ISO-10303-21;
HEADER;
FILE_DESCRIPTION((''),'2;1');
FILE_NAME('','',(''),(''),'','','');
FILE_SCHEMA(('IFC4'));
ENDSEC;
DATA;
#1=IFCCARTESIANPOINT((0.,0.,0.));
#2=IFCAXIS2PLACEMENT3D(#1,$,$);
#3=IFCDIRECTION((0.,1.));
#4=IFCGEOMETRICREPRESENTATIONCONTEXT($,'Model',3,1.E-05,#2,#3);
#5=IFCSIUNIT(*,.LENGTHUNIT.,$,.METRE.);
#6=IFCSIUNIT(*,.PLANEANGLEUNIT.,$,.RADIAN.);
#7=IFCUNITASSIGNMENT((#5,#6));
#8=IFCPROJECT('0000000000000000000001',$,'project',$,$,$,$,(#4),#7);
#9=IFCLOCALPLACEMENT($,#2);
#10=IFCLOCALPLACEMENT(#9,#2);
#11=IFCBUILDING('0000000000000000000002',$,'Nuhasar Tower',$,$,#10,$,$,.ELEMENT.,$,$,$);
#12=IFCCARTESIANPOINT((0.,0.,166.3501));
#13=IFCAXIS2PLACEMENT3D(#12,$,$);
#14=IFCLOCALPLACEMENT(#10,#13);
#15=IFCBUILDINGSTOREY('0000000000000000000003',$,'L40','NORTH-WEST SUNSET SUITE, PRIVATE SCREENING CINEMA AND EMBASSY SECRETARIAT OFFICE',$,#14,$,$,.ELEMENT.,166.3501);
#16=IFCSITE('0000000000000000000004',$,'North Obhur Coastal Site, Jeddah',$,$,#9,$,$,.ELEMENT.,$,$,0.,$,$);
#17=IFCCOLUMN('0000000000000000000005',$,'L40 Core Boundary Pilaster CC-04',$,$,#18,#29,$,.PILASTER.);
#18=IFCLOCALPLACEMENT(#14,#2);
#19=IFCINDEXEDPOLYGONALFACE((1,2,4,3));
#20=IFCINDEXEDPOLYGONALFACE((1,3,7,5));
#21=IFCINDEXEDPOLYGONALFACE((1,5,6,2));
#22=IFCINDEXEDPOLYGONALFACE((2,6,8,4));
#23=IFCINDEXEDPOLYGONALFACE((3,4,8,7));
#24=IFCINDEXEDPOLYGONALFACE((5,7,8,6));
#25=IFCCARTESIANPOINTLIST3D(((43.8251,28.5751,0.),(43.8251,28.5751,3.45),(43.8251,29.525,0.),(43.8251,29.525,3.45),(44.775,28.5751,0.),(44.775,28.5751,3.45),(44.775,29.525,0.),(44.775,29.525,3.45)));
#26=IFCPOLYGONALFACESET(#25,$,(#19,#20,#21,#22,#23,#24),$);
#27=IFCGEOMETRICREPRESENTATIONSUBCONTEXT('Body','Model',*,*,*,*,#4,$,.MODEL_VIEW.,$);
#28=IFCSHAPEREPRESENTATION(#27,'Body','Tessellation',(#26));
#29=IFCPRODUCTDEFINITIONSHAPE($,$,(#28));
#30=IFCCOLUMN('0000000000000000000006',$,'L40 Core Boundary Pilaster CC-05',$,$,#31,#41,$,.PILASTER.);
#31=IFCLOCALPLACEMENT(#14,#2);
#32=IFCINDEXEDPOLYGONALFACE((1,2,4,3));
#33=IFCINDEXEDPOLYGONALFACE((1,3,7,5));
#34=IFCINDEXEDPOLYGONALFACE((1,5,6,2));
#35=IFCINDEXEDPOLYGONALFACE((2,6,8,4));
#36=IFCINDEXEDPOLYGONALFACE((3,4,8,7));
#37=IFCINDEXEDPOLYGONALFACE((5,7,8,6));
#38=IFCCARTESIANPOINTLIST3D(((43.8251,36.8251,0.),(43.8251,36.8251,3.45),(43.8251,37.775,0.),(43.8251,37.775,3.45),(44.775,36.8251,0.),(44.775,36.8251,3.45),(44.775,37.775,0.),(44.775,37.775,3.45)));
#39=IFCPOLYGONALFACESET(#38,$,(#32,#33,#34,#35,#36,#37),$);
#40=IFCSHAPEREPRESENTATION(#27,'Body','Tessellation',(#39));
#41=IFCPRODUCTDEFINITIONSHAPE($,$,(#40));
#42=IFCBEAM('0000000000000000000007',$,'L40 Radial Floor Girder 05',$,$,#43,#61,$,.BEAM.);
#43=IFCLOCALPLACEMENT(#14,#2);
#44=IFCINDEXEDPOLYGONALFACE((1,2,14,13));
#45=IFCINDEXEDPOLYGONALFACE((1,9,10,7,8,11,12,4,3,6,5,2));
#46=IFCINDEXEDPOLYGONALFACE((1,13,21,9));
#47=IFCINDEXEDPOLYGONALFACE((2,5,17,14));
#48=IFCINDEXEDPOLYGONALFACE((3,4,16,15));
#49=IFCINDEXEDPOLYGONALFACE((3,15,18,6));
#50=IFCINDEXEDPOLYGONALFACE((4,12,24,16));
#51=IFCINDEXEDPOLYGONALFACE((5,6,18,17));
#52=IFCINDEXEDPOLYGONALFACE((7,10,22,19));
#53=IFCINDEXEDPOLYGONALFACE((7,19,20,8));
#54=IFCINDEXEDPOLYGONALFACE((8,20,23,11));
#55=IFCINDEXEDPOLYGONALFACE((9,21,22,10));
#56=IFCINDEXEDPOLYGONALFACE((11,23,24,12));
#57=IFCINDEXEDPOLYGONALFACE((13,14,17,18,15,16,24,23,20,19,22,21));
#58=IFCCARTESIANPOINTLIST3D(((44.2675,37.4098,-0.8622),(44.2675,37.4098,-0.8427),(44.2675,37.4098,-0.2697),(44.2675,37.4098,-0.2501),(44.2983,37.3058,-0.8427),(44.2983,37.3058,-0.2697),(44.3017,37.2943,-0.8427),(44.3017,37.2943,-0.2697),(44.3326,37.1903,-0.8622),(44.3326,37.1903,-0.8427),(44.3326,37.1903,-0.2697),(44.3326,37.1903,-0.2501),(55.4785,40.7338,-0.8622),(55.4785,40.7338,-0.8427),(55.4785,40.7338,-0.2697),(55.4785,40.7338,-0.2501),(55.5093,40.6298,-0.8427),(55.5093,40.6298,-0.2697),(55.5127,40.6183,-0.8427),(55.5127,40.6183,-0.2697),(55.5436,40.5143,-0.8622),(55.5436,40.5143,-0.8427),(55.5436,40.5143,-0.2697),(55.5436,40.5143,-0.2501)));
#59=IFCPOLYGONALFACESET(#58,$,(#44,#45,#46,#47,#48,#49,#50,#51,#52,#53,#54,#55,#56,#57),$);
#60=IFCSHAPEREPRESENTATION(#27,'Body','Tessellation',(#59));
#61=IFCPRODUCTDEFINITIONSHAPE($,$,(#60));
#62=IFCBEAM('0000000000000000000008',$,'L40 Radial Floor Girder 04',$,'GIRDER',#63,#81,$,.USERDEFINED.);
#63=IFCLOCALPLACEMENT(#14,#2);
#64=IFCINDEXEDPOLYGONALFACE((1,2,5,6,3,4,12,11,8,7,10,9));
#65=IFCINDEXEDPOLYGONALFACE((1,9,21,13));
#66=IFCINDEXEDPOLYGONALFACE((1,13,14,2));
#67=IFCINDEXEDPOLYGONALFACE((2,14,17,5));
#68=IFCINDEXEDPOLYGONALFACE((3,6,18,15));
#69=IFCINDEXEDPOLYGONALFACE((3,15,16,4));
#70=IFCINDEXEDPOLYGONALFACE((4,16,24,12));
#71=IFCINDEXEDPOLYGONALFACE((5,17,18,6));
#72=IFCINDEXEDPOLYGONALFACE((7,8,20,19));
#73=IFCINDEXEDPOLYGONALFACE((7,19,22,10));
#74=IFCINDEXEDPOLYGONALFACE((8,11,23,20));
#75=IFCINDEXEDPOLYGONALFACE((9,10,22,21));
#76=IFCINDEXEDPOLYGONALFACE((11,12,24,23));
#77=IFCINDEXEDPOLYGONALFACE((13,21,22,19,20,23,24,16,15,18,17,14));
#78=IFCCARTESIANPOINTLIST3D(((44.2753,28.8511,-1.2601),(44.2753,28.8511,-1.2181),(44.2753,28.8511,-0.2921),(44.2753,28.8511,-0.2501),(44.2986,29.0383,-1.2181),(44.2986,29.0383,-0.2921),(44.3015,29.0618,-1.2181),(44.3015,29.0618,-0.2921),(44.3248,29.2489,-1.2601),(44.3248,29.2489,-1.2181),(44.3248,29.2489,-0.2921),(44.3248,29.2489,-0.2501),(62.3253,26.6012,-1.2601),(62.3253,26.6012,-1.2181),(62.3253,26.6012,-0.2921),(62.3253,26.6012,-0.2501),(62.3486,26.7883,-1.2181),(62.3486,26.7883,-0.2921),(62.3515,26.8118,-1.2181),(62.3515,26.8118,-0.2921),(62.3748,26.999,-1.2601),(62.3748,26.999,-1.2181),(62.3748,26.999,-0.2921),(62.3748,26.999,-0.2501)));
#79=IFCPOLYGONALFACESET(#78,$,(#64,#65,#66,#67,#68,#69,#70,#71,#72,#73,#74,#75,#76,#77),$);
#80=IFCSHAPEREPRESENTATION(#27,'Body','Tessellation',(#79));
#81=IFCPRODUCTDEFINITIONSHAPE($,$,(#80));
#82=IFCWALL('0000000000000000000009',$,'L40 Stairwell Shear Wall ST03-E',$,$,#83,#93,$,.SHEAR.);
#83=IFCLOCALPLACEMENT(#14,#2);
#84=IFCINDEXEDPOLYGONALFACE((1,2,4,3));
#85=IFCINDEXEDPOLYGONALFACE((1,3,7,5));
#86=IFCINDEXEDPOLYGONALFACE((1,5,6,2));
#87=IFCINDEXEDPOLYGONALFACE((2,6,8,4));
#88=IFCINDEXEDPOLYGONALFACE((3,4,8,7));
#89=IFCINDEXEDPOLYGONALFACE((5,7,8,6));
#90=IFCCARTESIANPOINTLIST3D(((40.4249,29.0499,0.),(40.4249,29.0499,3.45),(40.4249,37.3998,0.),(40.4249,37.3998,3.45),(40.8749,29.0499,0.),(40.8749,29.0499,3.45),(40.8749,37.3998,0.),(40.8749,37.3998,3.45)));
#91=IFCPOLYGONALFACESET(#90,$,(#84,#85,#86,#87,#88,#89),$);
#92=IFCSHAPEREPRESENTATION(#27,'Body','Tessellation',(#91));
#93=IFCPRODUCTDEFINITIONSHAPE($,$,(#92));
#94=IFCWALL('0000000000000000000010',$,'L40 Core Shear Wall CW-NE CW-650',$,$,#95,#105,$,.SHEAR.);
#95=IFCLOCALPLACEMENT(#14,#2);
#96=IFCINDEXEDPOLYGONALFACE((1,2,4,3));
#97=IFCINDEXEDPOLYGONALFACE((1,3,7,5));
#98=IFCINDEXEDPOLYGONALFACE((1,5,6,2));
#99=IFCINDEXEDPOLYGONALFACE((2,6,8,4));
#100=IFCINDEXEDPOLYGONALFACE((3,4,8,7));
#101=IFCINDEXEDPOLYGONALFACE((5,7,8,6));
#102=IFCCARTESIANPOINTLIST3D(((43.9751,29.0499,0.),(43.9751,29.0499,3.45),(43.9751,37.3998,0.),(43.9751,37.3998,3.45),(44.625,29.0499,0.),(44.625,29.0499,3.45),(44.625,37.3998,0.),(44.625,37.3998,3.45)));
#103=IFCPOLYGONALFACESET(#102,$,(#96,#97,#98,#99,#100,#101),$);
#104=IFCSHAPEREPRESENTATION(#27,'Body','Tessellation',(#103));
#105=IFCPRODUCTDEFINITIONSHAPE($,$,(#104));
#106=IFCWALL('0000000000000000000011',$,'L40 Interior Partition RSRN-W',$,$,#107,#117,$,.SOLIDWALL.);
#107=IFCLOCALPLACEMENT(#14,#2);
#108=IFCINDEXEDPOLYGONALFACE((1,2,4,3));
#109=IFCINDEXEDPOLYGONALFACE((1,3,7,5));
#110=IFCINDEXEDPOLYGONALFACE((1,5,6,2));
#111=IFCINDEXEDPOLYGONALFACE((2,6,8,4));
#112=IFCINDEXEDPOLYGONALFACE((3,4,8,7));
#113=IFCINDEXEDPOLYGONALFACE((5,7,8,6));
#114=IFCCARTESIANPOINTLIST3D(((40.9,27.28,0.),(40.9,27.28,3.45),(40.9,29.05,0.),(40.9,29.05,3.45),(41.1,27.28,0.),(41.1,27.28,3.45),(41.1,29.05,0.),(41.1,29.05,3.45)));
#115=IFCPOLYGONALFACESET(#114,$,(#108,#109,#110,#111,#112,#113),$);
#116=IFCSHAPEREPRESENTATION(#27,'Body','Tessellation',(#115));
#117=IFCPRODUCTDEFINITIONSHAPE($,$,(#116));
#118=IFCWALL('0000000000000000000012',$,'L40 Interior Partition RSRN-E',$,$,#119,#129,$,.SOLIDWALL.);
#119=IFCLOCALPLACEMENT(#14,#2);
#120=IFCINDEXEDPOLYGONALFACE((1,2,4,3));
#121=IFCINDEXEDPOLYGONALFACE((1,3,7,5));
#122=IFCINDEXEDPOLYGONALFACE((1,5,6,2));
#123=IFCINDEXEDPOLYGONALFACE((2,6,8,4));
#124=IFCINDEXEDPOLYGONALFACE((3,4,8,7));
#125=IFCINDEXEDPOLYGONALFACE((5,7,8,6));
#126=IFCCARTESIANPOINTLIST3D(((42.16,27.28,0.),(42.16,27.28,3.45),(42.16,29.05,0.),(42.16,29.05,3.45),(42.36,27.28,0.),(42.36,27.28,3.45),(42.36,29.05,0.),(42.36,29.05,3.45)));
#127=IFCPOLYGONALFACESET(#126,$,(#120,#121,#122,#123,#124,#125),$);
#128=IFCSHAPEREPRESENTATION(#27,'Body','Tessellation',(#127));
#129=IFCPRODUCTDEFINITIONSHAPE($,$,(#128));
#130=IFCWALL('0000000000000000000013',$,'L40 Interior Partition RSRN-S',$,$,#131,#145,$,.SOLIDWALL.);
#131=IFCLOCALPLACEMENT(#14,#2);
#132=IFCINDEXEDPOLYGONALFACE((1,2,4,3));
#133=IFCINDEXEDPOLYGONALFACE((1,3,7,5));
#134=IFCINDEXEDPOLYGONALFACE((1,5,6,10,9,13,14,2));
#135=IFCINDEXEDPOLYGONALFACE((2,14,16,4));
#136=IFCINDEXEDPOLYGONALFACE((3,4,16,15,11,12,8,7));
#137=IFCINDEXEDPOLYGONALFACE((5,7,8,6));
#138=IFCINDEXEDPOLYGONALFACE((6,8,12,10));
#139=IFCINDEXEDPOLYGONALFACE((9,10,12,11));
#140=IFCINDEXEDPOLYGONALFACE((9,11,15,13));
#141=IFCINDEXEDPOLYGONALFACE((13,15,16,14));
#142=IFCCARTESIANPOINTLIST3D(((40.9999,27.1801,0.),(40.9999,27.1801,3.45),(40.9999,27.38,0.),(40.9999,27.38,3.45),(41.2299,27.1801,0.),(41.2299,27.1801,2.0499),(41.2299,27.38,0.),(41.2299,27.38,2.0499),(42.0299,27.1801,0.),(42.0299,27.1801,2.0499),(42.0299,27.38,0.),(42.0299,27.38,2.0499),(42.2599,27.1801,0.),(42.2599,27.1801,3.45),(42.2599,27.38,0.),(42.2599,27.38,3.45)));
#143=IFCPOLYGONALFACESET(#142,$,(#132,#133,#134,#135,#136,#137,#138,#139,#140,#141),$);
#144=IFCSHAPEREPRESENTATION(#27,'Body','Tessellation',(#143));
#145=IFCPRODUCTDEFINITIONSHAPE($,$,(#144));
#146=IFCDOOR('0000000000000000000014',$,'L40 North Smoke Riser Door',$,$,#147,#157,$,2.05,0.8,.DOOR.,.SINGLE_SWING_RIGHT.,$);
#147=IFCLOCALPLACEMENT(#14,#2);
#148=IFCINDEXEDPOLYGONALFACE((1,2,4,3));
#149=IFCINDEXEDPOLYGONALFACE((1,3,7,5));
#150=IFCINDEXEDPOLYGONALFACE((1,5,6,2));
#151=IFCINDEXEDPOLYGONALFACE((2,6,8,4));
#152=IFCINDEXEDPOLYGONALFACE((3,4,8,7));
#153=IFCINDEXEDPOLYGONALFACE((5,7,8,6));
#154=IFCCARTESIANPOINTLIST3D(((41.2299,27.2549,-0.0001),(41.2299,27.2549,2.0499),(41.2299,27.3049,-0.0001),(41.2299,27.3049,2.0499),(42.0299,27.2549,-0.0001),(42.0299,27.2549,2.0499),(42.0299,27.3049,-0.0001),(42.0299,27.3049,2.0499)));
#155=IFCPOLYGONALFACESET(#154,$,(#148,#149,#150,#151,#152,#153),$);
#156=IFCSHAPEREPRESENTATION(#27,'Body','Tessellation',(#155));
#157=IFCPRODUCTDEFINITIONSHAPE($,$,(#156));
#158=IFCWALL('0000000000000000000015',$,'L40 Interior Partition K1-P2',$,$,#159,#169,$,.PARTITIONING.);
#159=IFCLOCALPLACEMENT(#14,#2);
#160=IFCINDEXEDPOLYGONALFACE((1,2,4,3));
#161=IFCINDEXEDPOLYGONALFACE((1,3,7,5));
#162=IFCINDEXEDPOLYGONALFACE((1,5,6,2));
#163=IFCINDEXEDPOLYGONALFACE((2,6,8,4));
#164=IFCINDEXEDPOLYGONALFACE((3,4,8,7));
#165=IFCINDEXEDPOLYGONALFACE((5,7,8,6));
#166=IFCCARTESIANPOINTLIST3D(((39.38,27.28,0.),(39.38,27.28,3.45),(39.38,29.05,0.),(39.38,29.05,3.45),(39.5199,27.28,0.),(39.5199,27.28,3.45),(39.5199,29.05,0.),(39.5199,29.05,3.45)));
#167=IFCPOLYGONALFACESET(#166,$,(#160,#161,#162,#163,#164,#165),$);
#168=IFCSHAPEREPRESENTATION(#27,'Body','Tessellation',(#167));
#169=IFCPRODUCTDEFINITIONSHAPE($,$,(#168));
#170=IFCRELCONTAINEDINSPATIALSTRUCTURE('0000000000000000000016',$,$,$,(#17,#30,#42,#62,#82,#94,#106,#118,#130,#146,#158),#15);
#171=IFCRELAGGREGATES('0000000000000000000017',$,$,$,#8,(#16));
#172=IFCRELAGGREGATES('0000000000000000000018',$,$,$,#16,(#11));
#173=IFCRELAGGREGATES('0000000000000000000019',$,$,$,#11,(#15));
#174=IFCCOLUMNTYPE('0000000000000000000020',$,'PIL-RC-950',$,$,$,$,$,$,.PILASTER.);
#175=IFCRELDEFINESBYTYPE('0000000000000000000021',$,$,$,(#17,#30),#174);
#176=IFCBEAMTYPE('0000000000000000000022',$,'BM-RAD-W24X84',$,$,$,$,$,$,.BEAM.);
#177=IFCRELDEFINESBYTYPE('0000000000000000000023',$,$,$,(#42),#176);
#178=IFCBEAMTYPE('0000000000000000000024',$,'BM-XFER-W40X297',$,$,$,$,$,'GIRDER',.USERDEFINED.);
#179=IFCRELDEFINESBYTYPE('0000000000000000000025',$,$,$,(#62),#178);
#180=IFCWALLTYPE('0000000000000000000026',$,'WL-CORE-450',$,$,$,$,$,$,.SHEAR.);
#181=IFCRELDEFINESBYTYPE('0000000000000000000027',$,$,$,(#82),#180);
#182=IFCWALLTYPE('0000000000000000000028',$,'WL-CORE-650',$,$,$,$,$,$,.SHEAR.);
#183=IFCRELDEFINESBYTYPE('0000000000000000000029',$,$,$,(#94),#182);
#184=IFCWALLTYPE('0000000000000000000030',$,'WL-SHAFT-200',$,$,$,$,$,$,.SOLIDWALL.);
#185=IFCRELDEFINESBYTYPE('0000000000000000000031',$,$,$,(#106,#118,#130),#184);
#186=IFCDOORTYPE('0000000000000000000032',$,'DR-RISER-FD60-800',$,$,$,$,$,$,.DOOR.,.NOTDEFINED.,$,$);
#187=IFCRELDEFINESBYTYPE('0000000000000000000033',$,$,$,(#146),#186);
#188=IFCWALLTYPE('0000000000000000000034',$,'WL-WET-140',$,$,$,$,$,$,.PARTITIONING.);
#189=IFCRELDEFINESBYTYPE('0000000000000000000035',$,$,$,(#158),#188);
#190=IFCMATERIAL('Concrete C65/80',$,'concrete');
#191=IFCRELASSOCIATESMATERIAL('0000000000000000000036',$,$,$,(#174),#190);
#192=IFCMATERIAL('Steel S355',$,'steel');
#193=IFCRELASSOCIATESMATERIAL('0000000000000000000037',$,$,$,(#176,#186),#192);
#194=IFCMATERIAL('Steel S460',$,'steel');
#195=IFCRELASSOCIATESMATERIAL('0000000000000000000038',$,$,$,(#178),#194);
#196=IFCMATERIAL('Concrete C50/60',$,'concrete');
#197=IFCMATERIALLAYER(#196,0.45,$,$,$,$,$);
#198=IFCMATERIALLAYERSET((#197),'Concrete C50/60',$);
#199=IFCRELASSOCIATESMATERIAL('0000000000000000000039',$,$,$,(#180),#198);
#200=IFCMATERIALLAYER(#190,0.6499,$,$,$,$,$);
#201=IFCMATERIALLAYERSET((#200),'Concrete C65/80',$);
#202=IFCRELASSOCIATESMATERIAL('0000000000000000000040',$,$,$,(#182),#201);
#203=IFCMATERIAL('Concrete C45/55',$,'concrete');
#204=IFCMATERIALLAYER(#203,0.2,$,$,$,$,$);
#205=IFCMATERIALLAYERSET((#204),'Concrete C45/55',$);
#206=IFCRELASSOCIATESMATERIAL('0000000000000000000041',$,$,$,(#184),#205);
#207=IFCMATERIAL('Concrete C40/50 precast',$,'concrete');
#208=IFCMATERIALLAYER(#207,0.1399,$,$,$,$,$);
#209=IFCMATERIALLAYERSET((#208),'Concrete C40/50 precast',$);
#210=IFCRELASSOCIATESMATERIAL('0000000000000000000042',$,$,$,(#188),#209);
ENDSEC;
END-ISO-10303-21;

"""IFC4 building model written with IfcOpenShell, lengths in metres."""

from ifc_helpers import new_model, si_unit, direction, frame, frame_2d, origin, origin_2d, place, context, subcontext, project, spatial, rectangle, i_section, extrude, material, layer, layer_set, material_profile, profile_set, type_object, element, fill, save


model = new_model("IFC4")

# Units and contexts
model_context = context("Model", 3, precision=1e-05, world=origin(), true_north=direction((0.0, 1.0)))
body_context = subcontext(model_context, "Body", "Model", "MODEL_VIEW")
ifc_project = project(units=[si_unit("LENGTHUNIT", "METRE"), si_unit("PLANEANGLEUNIT", "RADIAN")], contexts=[model_context])

# Site, building, storey
site_placement = place(None, origin())
site = spatial("IfcSite", under=ifc_project, at=site_placement, Name="North Obhur Coastal Site, Jeddah", CompositionType="ELEMENT", RefElevation=0.0)
building_placement = place(site_placement, origin())
building = spatial("IfcBuilding", under=site, at=building_placement, Name="Nuhasar Tower", CompositionType="ELEMENT")
storey_placement = place(building_placement, frame((0.0, 0.0, 166.3501)))
storey = spatial("IfcBuildingStorey", under=building, at=storey_placement, Name="L40", Description="NORTH-WEST SUNSET SUITE, PRIVATE SCREENING CINEMA AND EMBASSY SECRETARIAT OFFICE", CompositionType="ELEMENT", Elevation=166.3501)

# Columns
ifc_material_1 = material(Name="Concrete C65/80", Category="concrete")
ifc_material_profile_1 = material_profile(ifc_material_1, rectangle(XDim=0.95, YDim=0.95, at=origin_2d()), Name="RC950X950")
ifc_profile_set_1 = profile_set([ifc_material_profile_1], Name="Concrete C65/80")
column_type = type_object("IfcColumnType", Name="PIL-RC-950", PredefinedType="PILASTER", material=ifc_profile_set_1)
for number, where, z_axis, x_axis, name in (
    (1, (44.3, 29.05, 0.0), (0.0, 0.0, 1.0), (1.0, 0.0, 0.0), "L40 Core Boundary Pilaster CC-04"),
    (2, (44.3, 37.3, 0.0), (0.0, 0.0, 1.0), (1.0, 0.0, 0.0), "L40 Core Boundary Pilaster CC-05"),
):
    element("IfcColumn", number, at=place(storey_placement, frame(where, z_axis=z_axis, x_axis=x_axis)), inside=storey, type_object=column_type, Name=name, PredefinedType="PILASTER", context=body_context, shape_type="SweptSolid", body=[
        extrude(rectangle(XDim=0.95, YDim=0.95, at=origin_2d()), origin(), (0.0, 0.0, 1.0), 3.45),
    ])

# Beams
ifc_material_2 = material(Name="Steel S355", Category="steel")
ifc_material_profile_2 = material_profile(ifc_material_2, i_section(OverallWidth=0.229, OverallDepth=0.6121, WebThickness=0.012, FlangeThickness=0.0195, at=origin_2d()), Name="W24X84")
ifc_profile_set_2 = profile_set([ifc_material_profile_2], Name="Steel S355")
beam_type_1 = type_object("IfcBeamType", Name="BM-RAD-W24X84", PredefinedType="BEAM", material=ifc_profile_set_2)
beam_1_placement = place(storey_placement, frame((44.3, 37.3, -0.5562), z_axis=(0.958746, 0.284262, 0.0), x_axis=(-0.284262, 0.958746, 0.0)))
element("IfcBeam", 3, at=beam_1_placement, inside=storey, type_object=beam_type_1, Name="L40 Radial Floor Girder 05", PredefinedType="BEAM", context=body_context, shape_type="SweptSolid", body=[
    extrude(i_section(OverallWidth=0.229, OverallDepth=0.6121, WebThickness=0.012, FlangeThickness=0.0195, at=origin_2d()), origin(), (0.0, 0.0, 1.0), 11.6934),
])
ifc_material_3 = material(Name="Steel S460", Category="steel")
ifc_material_profile_3 = material_profile(ifc_material_3, i_section(OverallWidth=0.4009, OverallDepth=1.01, WebThickness=0.0237, FlangeThickness=0.042, at=origin_2d()), Name="W40X297")
ifc_profile_set_3 = profile_set([ifc_material_profile_3], Name="Steel S460")
beam_type_2 = type_object("IfcBeamType", Name="BM-XFER-W40X297", ElementType="GIRDER", PredefinedType="USERDEFINED", material=ifc_profile_set_3)
beam_2_placement = place(storey_placement, frame((44.3, 29.05, -0.7551), z_axis=(0.99232, -0.123696, 0.0), x_axis=(0.123696, 0.99232, 0.0)))
element("IfcBeam", 4, at=beam_2_placement, inside=storey, type_object=beam_type_2, Name="L40 Radial Floor Girder 04", ObjectType="GIRDER", PredefinedType="USERDEFINED", context=body_context, shape_type="SweptSolid", body=[
    extrude(i_section(OverallWidth=0.4009, OverallDepth=1.01, WebThickness=0.0237, FlangeThickness=0.042, at=origin_2d()), origin(), (0.0, 0.0, 1.0), 18.1897),
])

# Shared definitions
ifc_material_4 = material(Name="Concrete C50/60", Category="concrete")
ifc_layer_1 = layer(ifc_material_4, 0.45)
ifc_layer_set_1 = layer_set([ifc_layer_1], Name="Concrete C50/60")
wall_type_1 = type_object("IfcWallType", Name="WL-CORE-450", PredefinedType="SHEAR", material=ifc_layer_set_1)

# Walls
wall_1_placement = place(storey_placement, frame((40.6499, 29.05, 0.0), z_axis=(0.0, 0.0, 1.0), x_axis=(0.0, 1.0, 0.0)))
element("IfcWall", 5, at=wall_1_placement, inside=storey, type_object=wall_type_1, Name="L40 Stairwell Shear Wall ST03-E", PredefinedType="SHEAR", context=body_context, shape_type="SweptSolid", body=[
    extrude(rectangle(XDim=8.3499, YDim=0.45, at=frame_2d((4.1748, 0.0))), origin(), (0.0, 0.0, 1.0), 3.45),
])
ifc_layer_2 = layer(ifc_material_1, 0.6499)
ifc_layer_set_2 = layer_set([ifc_layer_2], Name="Concrete C65/80")
wall_type_2 = type_object("IfcWallType", Name="WL-CORE-650", PredefinedType="SHEAR", material=ifc_layer_set_2)
wall_2_placement = place(storey_placement, frame((44.3, 29.05, 0.0), z_axis=(0.0, 0.0, 1.0), x_axis=(0.0, 1.0, 0.0)))
element("IfcWall", 6, at=wall_2_placement, inside=storey, type_object=wall_type_2, Name="L40 Core Shear Wall CW-NE CW-650", PredefinedType="SHEAR", context=body_context, shape_type="SweptSolid", body=[
    extrude(rectangle(XDim=8.3499, YDim=0.6499, at=frame_2d((4.1748, 0.0))), origin(), (0.0, 0.0, 1.0), 3.45),
])
ifc_material_5 = material(Name="Concrete C45/55", Category="concrete")
ifc_layer_3 = layer(ifc_material_5, 0.2)
ifc_layer_set_3 = layer_set([ifc_layer_3], Name="Concrete C45/55")
wall_type_3 = type_object("IfcWallType", Name="WL-SHAFT-200", PredefinedType="SOLIDWALL", material=ifc_layer_set_3)
for number, where, z_axis, x_axis, name in (
    (7, (41.0, 27.28, 0.0), (0.0, 0.0, 1.0), (0.0, 1.0, 0.0), "L40 Interior Partition RSRN-W"),
    (8, (42.26, 27.28, 0.0), (0.0, 0.0, 1.0), (0.0, 1.0, 0.0), "L40 Interior Partition RSRN-E"),
):
    element("IfcWall", number, at=place(storey_placement, frame(where, z_axis=z_axis, x_axis=x_axis)), inside=storey, type_object=wall_type_3, Name=name, PredefinedType="SOLIDWALL", context=body_context, shape_type="SweptSolid", body=[
        extrude(rectangle(XDim=1.77, YDim=0.2, at=frame_2d((0.885, 0.0))), origin(), (0.0, 0.0, 1.0), 3.45),
    ])

# Wall, opening, door
wall_3_placement = place(storey_placement, frame((41.0, 27.28, 0.0), z_axis=(0.0, 0.0, 1.0), x_axis=(1.0, 0.0, 0.0)))
wall_3 = element("IfcWall", 9, at=wall_3_placement, inside=storey, type_object=wall_type_3, Name="L40 Interior Partition RSRN-S", PredefinedType="SOLIDWALL", context=body_context, shape_type="SweptSolid", body=[
    extrude(rectangle(XDim=1.26, YDim=0.2, at=frame_2d((0.6299, 0.0))), origin(), (0.0, 0.0, 1.0), 3.45),
])
opening_1_placement = place(wall_3_placement, frame((0.23, 0.0, 0.0)))
opening_1 = element("IfcOpeningElement", 10, at=opening_1_placement, cuts=wall_3, PredefinedType="OPENING", context=body_context, shape_type="SweptSolid", body=[
    extrude(rectangle(XDim=0.8, YDim=2.05, at=frame_2d((0.3999, 1.0249))), frame((0.0, 0.1099, 0.0), z_axis=(0.0, -1.0, 0.0), x_axis=(1.0, 0.0, 0.0)), (0.0, 0.0, 1.0), 0.22),
])
door_type_1 = type_object("IfcDoorType", Name="DR-RISER-FD60-800", OperationType="NOTDEFINED", PredefinedType="DOOR", material=ifc_material_2)
door_1_placement = place(opening_1_placement, origin())
door_1 = element("IfcDoor", 11, at=door_1_placement, inside=storey, type_object=door_type_1, Name="L40 North Smoke Riser Door", OperationType="SINGLE_SWING_RIGHT", OverallHeight=2.05, OverallWidth=0.8, PredefinedType="DOOR", context=body_context, shape_type="SweptSolid", body=[
    extrude(rectangle(XDim=0.8, YDim=2.05, at=frame_2d((0.3999, 1.0249))), frame((0.0, 0.0249, 0.0), z_axis=(0.0, -1.0, 0.0), x_axis=(1.0, 0.0, 0.0)), (0.0, 0.0, 1.0), 0.05),
])
fill(opening_1, door_1)

# Wall
ifc_material_6 = material(Name="Concrete C40/50 precast", Category="concrete")
ifc_layer_4 = layer(ifc_material_6, 0.1399)
ifc_layer_set_4 = layer_set([ifc_layer_4], Name="Concrete C40/50 precast")
wall_type_4 = type_object("IfcWallType", Name="WL-WET-140", PredefinedType="PARTITIONING", material=ifc_layer_set_4)
wall_4_placement = place(storey_placement, frame((39.45, 27.28, 0.0), z_axis=(0.0, 0.0, 1.0), x_axis=(0.0, 1.0, 0.0)))
element("IfcWall", 12, at=wall_4_placement, inside=storey, type_object=wall_type_4, Name="L40 Interior Partition K1-P2", PredefinedType="PARTITIONING", context=body_context, shape_type="SweptSolid", body=[
    extrude(rectangle(XDim=1.77, YDim=0.1399, at=frame_2d((0.885, 0.0))), origin(), (0.0, 0.0, 1.0), 3.45),
])

save(model, "model.ifc")
